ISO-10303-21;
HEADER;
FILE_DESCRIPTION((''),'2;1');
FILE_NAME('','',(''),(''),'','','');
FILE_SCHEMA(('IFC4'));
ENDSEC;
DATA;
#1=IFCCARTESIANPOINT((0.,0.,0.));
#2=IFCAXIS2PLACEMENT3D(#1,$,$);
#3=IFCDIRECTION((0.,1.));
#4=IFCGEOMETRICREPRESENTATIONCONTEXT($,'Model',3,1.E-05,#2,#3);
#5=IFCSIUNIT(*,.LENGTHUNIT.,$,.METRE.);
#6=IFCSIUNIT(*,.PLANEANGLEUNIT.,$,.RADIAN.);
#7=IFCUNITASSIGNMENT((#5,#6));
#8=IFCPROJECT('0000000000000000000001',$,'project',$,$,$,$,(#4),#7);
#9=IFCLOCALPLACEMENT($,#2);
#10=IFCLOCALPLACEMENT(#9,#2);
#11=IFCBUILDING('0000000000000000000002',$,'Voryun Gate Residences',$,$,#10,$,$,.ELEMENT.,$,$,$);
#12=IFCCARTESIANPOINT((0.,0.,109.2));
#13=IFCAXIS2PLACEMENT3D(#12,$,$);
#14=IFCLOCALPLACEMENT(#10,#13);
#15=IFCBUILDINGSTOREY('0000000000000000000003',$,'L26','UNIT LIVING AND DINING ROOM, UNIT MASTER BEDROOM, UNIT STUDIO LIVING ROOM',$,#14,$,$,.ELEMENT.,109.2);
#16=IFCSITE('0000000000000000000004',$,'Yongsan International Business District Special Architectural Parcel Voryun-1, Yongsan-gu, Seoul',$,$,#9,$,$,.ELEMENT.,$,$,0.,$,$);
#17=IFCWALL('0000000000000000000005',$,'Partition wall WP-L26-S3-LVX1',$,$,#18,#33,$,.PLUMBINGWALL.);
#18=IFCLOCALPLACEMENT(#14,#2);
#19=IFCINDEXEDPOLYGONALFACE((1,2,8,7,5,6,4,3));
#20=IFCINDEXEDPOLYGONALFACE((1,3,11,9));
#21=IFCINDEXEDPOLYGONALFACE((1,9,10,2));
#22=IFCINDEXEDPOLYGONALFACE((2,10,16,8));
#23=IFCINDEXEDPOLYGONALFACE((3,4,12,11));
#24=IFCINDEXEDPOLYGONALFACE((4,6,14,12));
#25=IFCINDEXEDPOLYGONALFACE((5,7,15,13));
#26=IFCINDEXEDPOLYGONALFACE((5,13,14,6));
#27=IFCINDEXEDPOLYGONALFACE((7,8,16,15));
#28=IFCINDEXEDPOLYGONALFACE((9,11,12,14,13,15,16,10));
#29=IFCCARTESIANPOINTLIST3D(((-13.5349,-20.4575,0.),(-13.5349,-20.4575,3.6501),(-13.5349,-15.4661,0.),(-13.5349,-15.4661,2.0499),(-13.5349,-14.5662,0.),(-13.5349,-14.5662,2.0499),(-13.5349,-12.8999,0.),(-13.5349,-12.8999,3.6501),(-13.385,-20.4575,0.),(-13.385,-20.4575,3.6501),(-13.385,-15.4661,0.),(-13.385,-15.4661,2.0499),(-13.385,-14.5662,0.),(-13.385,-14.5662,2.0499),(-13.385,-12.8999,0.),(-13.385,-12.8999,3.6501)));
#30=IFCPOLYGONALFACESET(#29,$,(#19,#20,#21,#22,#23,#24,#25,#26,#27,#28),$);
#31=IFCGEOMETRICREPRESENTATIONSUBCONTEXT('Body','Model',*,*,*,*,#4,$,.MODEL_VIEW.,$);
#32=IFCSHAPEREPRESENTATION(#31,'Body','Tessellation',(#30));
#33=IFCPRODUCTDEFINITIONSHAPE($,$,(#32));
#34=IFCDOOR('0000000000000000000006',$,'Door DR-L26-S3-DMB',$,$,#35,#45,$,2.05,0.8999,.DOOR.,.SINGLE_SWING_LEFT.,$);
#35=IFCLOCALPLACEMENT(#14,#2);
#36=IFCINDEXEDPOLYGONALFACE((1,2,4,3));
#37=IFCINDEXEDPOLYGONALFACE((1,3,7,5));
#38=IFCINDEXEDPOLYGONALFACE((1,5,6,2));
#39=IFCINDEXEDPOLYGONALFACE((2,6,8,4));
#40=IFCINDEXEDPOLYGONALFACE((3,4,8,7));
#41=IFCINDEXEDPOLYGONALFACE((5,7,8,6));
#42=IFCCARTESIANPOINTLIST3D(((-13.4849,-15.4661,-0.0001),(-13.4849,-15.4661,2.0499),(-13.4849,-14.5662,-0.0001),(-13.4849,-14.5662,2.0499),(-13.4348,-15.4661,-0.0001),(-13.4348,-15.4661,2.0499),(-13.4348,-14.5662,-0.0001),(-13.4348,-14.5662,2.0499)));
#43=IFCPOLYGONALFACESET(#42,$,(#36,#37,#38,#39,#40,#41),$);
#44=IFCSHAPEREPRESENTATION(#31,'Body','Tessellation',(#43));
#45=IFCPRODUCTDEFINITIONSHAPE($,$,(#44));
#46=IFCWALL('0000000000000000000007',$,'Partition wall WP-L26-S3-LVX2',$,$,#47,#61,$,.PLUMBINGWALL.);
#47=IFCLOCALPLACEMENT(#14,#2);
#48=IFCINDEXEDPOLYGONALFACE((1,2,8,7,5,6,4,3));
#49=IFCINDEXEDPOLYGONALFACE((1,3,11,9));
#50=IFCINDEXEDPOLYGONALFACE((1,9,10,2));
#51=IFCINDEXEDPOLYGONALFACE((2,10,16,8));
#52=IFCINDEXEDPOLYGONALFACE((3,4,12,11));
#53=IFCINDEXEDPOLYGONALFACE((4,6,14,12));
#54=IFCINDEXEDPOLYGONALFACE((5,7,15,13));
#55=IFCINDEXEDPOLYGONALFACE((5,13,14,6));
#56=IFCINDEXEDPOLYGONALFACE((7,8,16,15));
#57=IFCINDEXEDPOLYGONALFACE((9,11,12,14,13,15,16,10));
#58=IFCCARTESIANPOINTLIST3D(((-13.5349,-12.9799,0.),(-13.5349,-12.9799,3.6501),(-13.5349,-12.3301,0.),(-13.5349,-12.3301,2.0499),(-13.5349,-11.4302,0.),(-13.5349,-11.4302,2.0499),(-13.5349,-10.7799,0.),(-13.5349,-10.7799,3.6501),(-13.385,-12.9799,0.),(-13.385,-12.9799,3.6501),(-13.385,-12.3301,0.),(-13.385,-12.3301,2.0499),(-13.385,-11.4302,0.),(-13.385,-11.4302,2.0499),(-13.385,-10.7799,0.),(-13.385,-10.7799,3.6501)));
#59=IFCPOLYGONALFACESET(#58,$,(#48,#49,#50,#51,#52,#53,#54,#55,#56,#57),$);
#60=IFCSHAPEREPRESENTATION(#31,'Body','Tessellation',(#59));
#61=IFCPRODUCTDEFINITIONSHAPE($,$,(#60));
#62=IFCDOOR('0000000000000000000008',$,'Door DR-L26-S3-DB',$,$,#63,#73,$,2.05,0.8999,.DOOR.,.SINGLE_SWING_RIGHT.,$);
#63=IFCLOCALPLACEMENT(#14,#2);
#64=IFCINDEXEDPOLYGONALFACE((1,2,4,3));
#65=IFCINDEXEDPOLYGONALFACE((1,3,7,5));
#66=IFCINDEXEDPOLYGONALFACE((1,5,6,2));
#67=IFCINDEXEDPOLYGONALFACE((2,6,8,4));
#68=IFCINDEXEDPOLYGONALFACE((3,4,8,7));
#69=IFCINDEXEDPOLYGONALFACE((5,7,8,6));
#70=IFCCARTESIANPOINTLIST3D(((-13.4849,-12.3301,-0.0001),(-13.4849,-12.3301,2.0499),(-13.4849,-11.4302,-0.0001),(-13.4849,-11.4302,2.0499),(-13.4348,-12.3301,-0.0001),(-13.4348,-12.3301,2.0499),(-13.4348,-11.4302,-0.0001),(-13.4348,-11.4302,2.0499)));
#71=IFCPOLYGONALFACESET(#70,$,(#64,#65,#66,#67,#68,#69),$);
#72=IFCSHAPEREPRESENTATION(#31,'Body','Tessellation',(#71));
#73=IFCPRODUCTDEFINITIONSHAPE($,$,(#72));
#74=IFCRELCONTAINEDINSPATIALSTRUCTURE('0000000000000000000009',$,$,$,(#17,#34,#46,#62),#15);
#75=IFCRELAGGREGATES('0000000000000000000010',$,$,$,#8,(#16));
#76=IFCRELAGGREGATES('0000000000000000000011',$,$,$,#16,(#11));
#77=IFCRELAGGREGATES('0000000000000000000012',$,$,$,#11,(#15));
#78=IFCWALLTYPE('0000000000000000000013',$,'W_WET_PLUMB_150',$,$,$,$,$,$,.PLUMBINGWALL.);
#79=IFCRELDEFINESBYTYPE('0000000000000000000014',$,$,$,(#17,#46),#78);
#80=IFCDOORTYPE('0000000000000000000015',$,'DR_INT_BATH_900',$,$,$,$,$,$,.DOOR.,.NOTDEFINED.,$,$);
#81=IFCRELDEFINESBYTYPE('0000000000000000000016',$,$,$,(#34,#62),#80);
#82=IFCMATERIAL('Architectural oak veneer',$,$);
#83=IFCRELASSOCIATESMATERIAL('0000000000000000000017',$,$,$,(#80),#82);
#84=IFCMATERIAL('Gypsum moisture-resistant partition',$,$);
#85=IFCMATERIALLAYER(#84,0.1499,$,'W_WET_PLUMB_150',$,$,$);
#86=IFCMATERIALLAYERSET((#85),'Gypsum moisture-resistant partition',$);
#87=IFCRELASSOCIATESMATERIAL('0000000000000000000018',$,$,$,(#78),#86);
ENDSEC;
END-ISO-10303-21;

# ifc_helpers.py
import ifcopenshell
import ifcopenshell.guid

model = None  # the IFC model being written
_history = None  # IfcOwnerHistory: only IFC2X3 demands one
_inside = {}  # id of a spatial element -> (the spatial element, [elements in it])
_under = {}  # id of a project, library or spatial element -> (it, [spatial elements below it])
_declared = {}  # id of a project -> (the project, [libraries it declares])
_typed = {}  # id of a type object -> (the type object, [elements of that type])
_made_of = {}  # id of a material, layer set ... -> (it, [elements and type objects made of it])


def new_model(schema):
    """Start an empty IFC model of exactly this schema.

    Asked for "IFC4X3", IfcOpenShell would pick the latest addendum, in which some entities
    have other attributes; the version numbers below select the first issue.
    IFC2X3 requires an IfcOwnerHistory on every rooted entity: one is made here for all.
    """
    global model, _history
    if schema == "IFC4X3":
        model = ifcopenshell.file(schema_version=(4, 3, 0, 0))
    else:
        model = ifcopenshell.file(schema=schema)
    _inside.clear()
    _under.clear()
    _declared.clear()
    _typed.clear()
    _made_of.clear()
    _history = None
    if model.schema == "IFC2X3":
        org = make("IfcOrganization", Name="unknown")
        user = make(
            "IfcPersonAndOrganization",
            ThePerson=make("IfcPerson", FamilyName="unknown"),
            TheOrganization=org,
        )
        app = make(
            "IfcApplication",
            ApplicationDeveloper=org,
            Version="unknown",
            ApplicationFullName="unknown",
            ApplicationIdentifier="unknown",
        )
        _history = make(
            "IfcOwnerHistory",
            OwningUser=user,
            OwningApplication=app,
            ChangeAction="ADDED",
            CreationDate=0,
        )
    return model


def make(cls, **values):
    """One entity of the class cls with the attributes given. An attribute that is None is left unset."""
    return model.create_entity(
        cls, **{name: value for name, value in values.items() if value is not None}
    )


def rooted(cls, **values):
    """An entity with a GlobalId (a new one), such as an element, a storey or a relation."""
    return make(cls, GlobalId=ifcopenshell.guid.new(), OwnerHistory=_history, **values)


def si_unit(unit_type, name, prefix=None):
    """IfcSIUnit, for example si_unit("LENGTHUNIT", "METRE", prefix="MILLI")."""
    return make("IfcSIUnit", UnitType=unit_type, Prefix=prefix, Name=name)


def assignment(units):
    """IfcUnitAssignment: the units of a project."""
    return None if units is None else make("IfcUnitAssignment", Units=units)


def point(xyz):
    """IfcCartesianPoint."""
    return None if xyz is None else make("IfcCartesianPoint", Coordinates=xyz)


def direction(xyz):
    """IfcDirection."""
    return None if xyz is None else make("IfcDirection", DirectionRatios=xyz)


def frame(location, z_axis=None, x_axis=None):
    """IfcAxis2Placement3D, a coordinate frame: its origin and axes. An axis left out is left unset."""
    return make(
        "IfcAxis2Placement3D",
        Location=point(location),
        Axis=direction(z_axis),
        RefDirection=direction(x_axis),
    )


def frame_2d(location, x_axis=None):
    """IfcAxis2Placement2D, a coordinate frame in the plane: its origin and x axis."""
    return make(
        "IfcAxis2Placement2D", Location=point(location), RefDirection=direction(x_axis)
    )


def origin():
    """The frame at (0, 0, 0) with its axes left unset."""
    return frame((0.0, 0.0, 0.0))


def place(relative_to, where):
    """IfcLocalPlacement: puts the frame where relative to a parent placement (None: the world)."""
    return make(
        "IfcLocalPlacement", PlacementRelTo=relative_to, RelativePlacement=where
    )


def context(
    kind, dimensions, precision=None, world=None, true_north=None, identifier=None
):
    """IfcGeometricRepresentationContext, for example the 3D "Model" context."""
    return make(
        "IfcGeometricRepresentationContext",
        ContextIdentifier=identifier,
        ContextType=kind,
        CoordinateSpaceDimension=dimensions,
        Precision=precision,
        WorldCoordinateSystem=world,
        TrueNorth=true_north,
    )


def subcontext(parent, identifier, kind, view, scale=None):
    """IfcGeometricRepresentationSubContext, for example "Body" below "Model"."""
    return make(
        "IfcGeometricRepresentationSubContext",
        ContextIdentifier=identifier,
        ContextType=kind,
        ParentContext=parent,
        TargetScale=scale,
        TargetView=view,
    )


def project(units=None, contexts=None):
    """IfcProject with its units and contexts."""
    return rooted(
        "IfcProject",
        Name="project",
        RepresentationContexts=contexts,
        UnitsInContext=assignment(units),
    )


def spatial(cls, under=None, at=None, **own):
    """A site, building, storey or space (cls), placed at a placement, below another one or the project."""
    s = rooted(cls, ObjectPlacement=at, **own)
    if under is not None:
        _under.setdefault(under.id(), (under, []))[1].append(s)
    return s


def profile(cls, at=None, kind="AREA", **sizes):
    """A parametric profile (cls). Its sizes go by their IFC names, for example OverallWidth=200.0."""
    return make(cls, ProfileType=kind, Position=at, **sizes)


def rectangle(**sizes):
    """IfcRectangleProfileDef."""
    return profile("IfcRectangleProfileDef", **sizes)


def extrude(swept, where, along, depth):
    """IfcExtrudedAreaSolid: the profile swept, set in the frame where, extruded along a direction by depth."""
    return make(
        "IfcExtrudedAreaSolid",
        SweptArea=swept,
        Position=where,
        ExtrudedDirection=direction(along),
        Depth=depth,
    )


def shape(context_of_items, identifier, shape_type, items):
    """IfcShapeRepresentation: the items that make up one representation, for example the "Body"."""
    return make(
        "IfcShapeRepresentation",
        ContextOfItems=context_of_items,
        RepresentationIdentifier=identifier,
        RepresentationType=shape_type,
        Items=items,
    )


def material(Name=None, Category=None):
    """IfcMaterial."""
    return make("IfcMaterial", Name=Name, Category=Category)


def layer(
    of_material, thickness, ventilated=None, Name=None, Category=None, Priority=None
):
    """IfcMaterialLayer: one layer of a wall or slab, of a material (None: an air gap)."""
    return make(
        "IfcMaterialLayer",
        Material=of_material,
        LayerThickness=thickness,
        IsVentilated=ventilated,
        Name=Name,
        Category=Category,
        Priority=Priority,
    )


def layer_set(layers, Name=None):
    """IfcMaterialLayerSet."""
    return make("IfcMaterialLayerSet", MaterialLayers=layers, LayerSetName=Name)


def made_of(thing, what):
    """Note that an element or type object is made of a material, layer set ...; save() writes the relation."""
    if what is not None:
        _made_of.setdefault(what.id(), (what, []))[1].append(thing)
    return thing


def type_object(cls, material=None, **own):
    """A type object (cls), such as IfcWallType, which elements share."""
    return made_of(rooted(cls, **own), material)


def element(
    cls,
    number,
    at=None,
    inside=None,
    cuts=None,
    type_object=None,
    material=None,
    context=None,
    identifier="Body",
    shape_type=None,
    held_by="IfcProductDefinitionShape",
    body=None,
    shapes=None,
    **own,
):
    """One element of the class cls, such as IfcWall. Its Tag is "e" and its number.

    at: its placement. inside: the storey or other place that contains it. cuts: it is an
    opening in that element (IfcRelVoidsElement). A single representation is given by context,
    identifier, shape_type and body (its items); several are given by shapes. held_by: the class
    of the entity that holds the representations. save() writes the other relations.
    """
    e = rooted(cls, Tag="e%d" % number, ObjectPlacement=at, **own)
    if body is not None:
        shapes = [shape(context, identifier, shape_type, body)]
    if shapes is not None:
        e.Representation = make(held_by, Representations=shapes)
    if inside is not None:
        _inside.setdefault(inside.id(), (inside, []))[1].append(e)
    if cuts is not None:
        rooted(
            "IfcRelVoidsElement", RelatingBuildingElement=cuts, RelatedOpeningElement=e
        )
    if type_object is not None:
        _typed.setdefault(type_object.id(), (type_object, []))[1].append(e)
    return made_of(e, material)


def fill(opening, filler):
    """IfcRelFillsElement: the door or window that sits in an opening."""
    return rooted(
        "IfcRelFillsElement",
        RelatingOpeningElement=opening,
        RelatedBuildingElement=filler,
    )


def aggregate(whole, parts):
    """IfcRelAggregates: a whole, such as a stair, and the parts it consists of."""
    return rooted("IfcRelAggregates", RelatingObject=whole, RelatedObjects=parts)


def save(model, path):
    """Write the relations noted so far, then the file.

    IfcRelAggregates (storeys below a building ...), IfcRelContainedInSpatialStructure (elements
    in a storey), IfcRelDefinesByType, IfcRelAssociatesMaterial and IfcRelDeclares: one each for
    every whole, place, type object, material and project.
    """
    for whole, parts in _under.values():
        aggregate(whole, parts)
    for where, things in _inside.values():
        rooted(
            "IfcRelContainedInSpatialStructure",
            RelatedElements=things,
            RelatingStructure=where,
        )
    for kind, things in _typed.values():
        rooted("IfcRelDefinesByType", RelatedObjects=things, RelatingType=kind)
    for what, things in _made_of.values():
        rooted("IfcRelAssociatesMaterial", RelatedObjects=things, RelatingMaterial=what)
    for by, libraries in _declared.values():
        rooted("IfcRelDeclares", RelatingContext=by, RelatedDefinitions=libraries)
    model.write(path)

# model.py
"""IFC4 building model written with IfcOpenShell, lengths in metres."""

from ifc_helpers import new_model, si_unit, direction, frame, frame_2d, origin, place, context, subcontext, project, spatial, rectangle, extrude, material, layer, layer_set, type_object, element, fill, save


model = new_model("IFC4")

# Units and contexts
model_context = context("Model", 3, precision=1e-05, world=origin(), true_north=direction((0.0, 1.0)))
body_context = subcontext(model_context, "Body", "Model", "MODEL_VIEW")
ifc_project = project(units=[si_unit("LENGTHUNIT", "METRE"), si_unit("PLANEANGLEUNIT", "RADIAN")], contexts=[model_context])

# Site, building, storey
site_placement = place(None, origin())
site = spatial("IfcSite", under=ifc_project, at=site_placement, Name="Yongsan International Business District Special Architectural Parcel Voryun-1, Yongsan-gu, Seoul", CompositionType="ELEMENT", RefElevation=0.0)
building_placement = place(site_placement, origin())
building = spatial("IfcBuilding", under=site, at=building_placement, Name="Voryun Gate Residences", CompositionType="ELEMENT")
storey_placement = place(building_placement, frame((0.0, 0.0, 109.2)))
storey = spatial("IfcBuildingStorey", under=building, at=storey_placement, Name="L26", Description="UNIT LIVING AND DINING ROOM, UNIT MASTER BEDROOM, UNIT STUDIO LIVING ROOM", CompositionType="ELEMENT", Elevation=109.2)

# Shared definitions
ifc_material_1 = material(Name="Architectural oak veneer")
door_type_1 = type_object("IfcDoorType", Name="DR_INT_BATH_900", OperationType="NOTDEFINED", PredefinedType="DOOR", material=ifc_material_1)

# Shared definitions
ifc_material_2 = material(Name="Gypsum moisture-resistant partition")
ifc_layer_1 = layer(ifc_material_2, 0.1499, Name="W_WET_PLUMB_150")
ifc_layer_set_1 = layer_set([ifc_layer_1], Name="Gypsum moisture-resistant partition")
wall_type_1 = type_object("IfcWallType", Name="W_WET_PLUMB_150", PredefinedType="PLUMBINGWALL", material=ifc_layer_set_1)

# Walls, openings, doors
wall_1_placement = place(storey_placement, frame((-13.46, -20.4575, 0.0), z_axis=(0.0, 0.0, 1.0), x_axis=(0.0, 1.0, 0.0)))
wall_1 = element("IfcWall", 1, at=wall_1_placement, inside=storey, type_object=wall_type_1, Name="Partition wall WP-L26-S3-LVX1", PredefinedType="PLUMBINGWALL", context=body_context, shape_type="SweptSolid", body=[
    extrude(rectangle(XDim=7.5576, YDim=0.1499, at=frame_2d((3.7788, 0.0))), origin(), (0.0, 0.0, 1.0), 3.6501),
])
opening_1_placement = place(wall_1_placement, frame((4.9915, 0.0, 0.0)))
opening_1 = element("IfcOpeningElement", 2, at=opening_1_placement, cuts=wall_1, PredefinedType="OPENING", context=body_context, shape_type="SweptSolid", body=[
    extrude(rectangle(XDim=0.8999, YDim=2.05, at=frame_2d((0.45, 1.0249))), frame((0.0, 0.085, 0.0), z_axis=(0.0, -1.0, 0.0), x_axis=(1.0, 0.0, 0.0)), (0.0, 0.0, 1.0), 0.1699),
])
door_1_placement = place(opening_1_placement, origin())
door_1 = element("IfcDoor", 3, at=door_1_placement, inside=storey, type_object=door_type_1, Name="Door DR-L26-S3-DMB", OperationType="SINGLE_SWING_LEFT", OverallHeight=2.05, OverallWidth=0.8999, PredefinedType="DOOR", context=body_context, shape_type="SweptSolid", body=[
    extrude(rectangle(XDim=0.8999, YDim=2.05, at=frame_2d((0.45, 1.0249))), frame((0.0, 0.0249, 0.0), z_axis=(0.0, -1.0, 0.0), x_axis=(1.0, 0.0, 0.0)), (0.0, 0.0, 1.0), 0.05),
])
fill(opening_1, door_1)
wall_2_placement = place(storey_placement, frame((-13.46, -12.98, 0.0), z_axis=(0.0, 0.0, 1.0), x_axis=(0.0, 1.0, 0.0)))
wall_2 = element("IfcWall", 4, at=wall_2_placement, inside=storey, type_object=wall_type_1, Name="Partition wall WP-L26-S3-LVX2", PredefinedType="PLUMBINGWALL", context=body_context, shape_type="SweptSolid", body=[
    extrude(rectangle(XDim=2.2, YDim=0.1499, at=frame_2d((1.1001, 0.0))), origin(), (0.0, 0.0, 1.0), 3.6501),
])
opening_2_placement = place(wall_2_placement, frame((0.6499, 0.0, 0.0)))
opening_2 = element("IfcOpeningElement", 5, at=opening_2_placement, cuts=wall_2, PredefinedType="OPENING", context=body_context, shape_type="SweptSolid", body=[
    extrude(rectangle(XDim=0.8999, YDim=2.05, at=frame_2d((0.45, 1.0249))), frame((0.0, 0.085, 0.0), z_axis=(0.0, -1.0, 0.0), x_axis=(1.0, 0.0, 0.0)), (0.0, 0.0, 1.0), 0.1699),
])
door_2_placement = place(opening_2_placement, origin())
door_2 = element("IfcDoor", 6, at=door_2_placement, inside=storey, type_object=door_type_1, Name="Door DR-L26-S3-DB", OperationType="SINGLE_SWING_RIGHT", OverallHeight=2.05, OverallWidth=0.8999, PredefinedType="DOOR", context=body_context, shape_type="SweptSolid", body=[
    extrude(rectangle(XDim=0.8999, YDim=2.05, at=frame_2d((0.45, 1.0249))), frame((0.0, 0.0249, 0.0), z_axis=(0.0, -1.0, 0.0), x_axis=(1.0, 0.0, 0.0)), (0.0, 0.0, 1.0), 0.05),
])
fill(opening_2, door_2)

save(model, "model.ifc")
